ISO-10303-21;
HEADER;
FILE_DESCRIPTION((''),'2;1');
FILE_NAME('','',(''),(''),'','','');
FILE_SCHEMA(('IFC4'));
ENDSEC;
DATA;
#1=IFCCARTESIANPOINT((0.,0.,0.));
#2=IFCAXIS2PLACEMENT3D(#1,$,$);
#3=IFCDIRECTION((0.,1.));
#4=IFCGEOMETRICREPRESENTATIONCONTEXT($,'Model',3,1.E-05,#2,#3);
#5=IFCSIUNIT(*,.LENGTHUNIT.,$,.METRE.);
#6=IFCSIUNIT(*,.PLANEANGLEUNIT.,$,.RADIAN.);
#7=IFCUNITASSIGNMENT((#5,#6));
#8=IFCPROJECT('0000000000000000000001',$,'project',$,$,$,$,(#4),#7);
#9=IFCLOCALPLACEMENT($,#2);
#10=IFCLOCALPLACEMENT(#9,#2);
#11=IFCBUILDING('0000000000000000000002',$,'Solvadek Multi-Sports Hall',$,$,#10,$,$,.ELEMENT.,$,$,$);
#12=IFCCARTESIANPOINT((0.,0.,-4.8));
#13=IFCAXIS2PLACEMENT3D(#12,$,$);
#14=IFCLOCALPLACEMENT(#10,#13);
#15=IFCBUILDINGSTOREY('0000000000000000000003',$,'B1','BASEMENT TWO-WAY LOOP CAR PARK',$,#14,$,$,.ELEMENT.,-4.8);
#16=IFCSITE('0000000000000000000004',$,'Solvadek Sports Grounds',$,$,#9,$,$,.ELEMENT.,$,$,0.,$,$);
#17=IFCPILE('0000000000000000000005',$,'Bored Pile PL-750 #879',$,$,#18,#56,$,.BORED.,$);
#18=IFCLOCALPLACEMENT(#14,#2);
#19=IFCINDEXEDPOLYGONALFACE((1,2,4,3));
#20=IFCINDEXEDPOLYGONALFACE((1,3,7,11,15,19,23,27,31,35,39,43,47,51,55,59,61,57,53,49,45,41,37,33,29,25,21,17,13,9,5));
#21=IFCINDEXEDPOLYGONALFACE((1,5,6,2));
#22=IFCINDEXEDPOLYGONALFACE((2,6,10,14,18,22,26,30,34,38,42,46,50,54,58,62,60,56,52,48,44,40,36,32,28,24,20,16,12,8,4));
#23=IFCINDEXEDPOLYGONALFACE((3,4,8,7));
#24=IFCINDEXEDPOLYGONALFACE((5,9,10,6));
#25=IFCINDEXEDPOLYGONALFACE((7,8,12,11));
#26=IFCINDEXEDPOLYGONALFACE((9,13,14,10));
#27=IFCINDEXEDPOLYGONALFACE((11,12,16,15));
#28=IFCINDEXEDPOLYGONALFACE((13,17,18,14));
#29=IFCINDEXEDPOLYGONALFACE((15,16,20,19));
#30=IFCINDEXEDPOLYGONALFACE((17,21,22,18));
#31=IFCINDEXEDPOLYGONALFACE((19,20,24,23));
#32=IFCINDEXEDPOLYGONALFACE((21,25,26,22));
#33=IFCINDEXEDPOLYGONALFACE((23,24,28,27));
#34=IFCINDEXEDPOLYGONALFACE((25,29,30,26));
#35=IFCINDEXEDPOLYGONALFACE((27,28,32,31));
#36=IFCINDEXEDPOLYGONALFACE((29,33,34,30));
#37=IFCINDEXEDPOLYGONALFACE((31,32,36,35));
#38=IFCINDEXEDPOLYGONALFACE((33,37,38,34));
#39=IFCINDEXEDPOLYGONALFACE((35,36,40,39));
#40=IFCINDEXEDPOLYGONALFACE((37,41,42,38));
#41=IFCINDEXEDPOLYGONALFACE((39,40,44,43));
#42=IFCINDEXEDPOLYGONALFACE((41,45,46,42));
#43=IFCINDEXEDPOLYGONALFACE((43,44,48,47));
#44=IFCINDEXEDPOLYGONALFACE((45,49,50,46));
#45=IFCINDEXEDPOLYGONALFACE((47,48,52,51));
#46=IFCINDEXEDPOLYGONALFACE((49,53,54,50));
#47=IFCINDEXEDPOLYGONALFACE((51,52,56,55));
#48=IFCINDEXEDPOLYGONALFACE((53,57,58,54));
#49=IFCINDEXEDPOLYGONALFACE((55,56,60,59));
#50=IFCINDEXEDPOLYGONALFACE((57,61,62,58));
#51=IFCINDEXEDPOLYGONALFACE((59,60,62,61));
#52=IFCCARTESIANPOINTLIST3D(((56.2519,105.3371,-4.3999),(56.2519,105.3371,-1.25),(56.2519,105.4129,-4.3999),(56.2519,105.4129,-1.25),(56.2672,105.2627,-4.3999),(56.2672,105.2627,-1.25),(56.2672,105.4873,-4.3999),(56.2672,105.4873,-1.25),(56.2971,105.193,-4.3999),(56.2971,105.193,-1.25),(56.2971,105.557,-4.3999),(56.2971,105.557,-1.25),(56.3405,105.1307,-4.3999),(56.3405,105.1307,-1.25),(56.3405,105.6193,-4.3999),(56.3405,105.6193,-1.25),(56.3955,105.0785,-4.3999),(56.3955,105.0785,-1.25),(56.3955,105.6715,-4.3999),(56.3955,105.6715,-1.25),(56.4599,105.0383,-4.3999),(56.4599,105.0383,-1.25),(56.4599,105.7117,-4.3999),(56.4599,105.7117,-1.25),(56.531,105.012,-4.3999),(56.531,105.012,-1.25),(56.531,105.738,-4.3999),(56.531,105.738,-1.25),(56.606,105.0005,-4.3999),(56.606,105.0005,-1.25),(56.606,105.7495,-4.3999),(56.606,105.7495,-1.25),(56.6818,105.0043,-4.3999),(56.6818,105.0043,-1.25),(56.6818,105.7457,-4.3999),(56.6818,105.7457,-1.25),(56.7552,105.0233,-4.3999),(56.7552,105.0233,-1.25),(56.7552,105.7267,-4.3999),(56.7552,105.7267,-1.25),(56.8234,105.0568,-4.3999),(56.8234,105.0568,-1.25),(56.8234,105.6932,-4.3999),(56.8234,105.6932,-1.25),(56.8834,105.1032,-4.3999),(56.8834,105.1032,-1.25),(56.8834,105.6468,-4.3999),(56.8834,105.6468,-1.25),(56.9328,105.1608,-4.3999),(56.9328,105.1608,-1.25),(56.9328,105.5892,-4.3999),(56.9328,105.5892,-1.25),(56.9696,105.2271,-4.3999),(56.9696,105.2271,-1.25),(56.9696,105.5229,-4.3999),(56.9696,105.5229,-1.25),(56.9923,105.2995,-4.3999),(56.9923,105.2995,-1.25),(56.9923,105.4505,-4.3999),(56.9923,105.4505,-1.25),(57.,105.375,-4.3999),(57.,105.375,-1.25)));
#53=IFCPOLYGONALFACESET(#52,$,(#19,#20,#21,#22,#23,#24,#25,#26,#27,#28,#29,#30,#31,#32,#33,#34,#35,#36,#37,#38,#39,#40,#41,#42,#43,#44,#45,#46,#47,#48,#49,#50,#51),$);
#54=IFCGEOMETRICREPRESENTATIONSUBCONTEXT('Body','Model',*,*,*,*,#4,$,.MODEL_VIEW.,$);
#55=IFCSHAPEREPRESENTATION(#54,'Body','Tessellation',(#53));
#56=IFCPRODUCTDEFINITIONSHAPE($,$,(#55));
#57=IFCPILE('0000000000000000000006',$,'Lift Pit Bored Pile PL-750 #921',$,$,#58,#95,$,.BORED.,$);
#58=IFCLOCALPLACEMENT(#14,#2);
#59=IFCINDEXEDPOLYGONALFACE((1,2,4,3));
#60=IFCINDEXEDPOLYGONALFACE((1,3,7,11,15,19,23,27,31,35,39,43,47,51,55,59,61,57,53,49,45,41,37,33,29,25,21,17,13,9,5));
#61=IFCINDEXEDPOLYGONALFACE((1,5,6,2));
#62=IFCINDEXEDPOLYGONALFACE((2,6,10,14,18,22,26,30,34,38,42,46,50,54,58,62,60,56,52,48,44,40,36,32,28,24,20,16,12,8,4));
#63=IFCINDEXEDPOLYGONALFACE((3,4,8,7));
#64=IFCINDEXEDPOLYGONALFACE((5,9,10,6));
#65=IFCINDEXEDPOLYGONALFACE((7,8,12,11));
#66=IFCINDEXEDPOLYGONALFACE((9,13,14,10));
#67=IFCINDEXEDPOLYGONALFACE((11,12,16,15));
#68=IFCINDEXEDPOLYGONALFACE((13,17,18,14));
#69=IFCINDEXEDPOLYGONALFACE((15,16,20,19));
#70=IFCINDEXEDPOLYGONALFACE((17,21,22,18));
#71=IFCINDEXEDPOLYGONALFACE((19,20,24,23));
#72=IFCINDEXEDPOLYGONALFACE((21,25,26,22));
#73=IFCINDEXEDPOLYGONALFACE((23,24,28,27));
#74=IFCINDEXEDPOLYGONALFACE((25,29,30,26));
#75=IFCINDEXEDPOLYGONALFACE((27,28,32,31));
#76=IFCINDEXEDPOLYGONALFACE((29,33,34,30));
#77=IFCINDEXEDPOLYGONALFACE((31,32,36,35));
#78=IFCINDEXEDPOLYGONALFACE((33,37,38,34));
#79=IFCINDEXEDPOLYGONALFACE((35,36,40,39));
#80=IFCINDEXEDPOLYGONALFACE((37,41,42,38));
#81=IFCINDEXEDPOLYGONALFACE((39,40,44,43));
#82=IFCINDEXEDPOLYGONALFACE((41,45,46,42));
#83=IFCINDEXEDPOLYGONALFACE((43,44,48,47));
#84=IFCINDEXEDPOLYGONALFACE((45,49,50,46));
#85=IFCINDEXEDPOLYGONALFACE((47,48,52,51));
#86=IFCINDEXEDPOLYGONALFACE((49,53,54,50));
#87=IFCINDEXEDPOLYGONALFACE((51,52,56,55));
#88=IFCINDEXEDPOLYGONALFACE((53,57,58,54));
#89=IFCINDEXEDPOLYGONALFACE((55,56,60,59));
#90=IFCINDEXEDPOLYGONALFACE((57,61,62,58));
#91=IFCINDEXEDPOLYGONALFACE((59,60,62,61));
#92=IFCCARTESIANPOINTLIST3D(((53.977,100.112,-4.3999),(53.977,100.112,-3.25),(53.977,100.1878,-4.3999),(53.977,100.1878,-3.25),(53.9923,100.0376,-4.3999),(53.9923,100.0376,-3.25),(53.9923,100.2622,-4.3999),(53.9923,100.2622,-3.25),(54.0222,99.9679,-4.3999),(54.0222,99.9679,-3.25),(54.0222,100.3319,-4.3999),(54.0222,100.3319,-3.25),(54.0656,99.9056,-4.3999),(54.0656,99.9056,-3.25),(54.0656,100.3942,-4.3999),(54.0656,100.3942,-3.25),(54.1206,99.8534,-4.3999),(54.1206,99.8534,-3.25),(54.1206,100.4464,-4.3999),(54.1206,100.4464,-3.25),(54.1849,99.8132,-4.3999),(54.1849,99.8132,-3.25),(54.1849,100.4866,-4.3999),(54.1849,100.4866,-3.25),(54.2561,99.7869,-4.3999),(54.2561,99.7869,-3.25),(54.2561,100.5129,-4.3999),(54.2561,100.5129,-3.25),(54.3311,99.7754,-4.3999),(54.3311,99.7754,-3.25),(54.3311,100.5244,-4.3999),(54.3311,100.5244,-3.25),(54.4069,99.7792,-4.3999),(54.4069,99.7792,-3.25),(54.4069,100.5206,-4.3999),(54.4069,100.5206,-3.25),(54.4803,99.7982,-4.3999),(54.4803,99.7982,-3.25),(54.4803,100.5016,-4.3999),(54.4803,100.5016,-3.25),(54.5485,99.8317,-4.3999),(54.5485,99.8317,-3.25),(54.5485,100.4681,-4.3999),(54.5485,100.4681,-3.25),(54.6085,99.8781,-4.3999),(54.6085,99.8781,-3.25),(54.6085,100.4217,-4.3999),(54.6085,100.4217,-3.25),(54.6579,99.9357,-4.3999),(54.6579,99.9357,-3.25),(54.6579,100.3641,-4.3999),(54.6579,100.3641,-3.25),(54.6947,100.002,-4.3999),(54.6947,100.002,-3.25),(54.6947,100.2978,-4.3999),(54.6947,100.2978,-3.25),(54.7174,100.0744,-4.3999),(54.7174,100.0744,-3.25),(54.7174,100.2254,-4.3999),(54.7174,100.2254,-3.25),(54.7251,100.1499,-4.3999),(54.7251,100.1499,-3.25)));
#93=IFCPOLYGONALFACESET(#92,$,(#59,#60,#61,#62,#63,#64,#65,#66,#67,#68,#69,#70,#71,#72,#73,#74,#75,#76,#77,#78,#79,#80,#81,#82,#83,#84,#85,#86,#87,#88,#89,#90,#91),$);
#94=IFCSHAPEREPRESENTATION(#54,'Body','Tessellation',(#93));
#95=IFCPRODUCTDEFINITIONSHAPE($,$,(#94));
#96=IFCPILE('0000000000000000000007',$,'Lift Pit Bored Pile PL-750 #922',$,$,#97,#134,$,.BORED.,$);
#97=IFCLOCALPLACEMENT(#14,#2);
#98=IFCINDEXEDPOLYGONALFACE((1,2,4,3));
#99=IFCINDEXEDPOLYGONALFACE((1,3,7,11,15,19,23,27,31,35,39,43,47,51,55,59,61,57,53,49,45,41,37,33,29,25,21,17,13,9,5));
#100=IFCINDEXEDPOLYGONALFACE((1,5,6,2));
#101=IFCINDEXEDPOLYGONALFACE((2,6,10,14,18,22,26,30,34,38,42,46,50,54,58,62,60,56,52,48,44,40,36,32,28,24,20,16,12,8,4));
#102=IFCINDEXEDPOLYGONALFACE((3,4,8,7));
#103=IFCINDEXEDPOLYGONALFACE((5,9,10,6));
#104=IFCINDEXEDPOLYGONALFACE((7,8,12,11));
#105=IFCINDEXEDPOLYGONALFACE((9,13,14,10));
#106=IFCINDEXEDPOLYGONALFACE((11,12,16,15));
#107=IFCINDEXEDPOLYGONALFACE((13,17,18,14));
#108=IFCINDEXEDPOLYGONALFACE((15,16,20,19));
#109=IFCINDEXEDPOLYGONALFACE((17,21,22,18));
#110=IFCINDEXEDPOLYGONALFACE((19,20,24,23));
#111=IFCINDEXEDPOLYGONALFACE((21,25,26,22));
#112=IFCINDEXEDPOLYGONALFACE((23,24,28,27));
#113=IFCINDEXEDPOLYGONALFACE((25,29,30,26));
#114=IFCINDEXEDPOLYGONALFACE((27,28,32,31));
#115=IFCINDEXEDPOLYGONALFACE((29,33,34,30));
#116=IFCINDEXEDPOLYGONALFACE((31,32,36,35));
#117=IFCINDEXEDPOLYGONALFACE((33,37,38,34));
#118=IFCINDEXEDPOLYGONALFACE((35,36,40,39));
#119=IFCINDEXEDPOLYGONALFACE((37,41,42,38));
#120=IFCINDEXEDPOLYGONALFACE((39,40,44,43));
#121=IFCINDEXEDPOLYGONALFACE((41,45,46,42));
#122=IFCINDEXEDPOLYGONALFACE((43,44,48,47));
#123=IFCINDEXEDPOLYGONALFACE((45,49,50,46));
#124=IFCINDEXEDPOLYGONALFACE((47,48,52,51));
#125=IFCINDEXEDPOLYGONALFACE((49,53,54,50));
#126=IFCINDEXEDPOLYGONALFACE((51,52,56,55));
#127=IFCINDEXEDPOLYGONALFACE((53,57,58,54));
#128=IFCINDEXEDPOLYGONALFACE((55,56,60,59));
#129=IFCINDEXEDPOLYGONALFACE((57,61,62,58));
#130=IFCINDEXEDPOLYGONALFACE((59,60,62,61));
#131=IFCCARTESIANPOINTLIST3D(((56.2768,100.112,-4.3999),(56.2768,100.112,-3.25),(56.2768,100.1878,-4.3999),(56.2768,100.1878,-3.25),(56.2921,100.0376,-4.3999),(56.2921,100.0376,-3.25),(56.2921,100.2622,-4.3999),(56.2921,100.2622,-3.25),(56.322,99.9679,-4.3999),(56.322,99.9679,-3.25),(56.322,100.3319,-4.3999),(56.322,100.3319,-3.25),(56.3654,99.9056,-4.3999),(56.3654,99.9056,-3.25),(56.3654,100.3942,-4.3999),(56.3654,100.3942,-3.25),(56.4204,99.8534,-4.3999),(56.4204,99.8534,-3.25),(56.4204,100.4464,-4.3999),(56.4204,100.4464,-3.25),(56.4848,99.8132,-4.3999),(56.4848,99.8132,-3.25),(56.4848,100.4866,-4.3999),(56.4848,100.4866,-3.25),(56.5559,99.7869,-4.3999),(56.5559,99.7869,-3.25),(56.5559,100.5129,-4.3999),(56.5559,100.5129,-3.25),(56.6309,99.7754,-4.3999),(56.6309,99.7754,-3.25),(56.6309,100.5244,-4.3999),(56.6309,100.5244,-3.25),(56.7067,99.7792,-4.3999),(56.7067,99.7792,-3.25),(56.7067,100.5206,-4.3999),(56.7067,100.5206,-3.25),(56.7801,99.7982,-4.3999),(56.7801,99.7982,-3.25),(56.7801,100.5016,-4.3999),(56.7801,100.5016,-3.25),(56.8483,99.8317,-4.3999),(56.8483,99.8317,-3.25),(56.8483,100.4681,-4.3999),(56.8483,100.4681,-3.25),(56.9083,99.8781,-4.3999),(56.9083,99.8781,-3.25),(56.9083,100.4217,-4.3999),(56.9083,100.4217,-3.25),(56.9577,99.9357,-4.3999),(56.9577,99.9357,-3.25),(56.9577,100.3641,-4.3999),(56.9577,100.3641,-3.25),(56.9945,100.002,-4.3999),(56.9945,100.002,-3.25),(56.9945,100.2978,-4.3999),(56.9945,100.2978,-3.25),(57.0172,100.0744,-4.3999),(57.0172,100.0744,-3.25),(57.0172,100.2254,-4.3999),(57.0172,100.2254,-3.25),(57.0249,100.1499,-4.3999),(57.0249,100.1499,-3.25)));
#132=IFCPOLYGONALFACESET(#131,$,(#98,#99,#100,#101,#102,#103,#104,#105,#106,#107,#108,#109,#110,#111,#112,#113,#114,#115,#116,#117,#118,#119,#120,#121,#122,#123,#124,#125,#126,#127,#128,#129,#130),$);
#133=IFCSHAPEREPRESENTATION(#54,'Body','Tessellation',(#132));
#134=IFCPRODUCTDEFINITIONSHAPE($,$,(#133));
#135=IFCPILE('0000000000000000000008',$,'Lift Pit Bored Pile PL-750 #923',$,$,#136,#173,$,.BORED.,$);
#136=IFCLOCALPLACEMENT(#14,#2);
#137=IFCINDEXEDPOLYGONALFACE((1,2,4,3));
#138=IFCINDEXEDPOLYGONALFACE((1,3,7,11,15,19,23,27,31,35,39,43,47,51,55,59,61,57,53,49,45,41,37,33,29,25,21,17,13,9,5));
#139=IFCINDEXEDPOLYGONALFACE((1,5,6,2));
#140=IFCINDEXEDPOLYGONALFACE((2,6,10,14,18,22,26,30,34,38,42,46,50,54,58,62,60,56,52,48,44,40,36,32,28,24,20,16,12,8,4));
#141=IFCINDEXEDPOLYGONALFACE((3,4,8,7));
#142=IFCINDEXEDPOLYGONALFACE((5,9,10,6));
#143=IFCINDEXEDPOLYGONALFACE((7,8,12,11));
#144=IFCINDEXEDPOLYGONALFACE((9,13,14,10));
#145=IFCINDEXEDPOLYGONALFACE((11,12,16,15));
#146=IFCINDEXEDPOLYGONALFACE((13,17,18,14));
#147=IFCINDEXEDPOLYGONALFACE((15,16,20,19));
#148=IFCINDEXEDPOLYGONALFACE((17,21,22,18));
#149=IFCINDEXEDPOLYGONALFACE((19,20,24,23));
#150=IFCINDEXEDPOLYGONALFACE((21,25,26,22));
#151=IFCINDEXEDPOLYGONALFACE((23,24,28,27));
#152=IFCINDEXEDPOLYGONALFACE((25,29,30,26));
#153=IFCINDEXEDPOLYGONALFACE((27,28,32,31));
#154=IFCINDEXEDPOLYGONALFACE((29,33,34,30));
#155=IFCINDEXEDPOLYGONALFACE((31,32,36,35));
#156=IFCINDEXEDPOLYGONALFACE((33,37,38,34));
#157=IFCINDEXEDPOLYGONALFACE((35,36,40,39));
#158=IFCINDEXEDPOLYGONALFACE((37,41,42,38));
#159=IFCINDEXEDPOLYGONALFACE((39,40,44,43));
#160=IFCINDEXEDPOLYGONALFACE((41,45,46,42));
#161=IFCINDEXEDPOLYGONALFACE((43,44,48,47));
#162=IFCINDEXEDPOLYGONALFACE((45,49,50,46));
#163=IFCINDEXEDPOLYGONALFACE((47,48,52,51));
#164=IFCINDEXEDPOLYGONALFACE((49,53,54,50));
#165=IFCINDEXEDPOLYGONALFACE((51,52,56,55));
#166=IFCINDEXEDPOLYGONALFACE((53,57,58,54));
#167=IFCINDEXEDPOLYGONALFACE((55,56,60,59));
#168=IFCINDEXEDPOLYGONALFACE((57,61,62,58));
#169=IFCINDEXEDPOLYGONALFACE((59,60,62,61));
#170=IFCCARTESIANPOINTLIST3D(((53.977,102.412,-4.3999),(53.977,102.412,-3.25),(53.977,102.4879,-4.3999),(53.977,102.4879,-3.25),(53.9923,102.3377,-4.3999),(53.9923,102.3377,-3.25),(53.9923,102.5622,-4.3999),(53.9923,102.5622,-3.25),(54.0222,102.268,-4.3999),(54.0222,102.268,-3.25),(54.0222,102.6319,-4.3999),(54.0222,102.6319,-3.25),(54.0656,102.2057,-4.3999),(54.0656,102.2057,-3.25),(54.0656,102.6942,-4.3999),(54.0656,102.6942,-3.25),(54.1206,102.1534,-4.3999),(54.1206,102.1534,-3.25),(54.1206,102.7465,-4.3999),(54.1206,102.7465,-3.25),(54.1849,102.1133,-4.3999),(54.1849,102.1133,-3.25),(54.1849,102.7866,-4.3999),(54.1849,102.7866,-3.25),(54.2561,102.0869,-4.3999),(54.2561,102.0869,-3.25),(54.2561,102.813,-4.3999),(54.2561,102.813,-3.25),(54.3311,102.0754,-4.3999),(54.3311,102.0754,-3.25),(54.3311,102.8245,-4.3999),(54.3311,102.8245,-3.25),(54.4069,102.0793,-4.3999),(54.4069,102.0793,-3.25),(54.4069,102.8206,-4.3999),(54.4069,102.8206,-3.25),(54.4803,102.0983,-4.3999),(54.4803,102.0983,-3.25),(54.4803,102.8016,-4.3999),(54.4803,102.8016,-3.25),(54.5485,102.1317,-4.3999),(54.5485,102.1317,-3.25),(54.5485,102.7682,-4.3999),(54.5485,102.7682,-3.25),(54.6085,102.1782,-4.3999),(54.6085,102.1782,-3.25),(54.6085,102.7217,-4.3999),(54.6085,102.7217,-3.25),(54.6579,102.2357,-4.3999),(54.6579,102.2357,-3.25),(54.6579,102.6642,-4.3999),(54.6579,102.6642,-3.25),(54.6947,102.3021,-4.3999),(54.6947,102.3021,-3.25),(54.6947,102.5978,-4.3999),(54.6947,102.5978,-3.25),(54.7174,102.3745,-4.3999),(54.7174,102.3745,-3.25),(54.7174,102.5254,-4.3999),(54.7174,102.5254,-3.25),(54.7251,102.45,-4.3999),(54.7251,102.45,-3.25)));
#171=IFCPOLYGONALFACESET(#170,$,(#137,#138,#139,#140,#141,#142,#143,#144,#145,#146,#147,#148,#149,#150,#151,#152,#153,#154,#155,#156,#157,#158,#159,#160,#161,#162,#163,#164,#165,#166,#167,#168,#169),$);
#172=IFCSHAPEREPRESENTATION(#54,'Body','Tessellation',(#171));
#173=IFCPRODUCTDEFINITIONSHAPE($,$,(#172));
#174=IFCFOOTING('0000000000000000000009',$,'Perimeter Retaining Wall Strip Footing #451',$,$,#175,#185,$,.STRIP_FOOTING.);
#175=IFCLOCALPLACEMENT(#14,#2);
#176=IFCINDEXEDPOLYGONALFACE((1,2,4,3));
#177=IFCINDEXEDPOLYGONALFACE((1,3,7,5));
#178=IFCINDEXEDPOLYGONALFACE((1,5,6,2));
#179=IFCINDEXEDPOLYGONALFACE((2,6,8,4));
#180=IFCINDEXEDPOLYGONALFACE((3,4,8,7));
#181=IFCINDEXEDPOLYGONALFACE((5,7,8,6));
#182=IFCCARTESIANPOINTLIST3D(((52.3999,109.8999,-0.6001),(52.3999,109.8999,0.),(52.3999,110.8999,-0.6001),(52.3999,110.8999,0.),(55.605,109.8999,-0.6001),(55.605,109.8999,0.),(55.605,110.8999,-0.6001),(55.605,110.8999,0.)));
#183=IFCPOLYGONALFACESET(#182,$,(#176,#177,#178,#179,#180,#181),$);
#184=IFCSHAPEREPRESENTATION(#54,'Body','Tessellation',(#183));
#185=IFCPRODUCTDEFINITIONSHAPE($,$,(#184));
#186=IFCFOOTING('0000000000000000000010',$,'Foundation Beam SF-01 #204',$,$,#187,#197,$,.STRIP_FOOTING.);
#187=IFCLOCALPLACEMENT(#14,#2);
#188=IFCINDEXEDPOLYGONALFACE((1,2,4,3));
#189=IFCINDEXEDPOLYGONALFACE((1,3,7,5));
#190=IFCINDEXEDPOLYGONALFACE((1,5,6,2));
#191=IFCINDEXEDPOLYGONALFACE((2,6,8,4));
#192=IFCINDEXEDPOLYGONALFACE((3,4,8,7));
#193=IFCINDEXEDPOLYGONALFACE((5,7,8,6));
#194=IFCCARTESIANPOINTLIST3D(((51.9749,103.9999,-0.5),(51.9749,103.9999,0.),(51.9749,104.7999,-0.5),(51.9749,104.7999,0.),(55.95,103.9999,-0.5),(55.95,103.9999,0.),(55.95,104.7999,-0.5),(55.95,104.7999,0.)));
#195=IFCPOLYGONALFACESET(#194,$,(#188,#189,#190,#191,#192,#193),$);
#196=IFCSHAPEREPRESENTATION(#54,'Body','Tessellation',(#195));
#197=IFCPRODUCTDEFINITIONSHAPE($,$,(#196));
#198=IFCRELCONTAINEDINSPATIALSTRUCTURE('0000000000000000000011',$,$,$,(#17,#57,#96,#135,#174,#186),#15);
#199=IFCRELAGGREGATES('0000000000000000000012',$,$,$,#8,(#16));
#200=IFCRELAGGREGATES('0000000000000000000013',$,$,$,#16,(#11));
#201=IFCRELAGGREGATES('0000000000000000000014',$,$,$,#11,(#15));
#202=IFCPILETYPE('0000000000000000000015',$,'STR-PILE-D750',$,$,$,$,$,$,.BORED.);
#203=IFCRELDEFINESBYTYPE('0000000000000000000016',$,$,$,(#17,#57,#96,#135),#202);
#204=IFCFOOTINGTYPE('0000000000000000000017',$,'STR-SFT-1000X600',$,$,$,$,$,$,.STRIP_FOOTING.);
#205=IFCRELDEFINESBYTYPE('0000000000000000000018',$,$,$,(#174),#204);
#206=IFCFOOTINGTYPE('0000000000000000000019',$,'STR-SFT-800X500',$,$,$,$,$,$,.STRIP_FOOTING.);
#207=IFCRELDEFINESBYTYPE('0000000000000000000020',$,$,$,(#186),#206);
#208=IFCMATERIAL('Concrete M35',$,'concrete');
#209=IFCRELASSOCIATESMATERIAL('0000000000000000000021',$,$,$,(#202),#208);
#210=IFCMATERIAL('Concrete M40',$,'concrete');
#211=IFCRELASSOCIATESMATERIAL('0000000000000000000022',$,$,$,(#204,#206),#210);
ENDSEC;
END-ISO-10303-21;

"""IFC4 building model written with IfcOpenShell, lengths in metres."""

from ifc_helpers import new_model, si_unit, direction, frame, origin, origin_2d, place, context, subcontext, project, spatial, rectangle, circle, extrude, material, material_profile, profile_set, type_object, element, save


model = new_model("IFC4")

# Units and contexts
model_context = context("Model", 3, precision=1e-05, world=origin(), true_north=direction((0.0, 1.0)))
body_context = subcontext(model_context, "Body", "Model", "MODEL_VIEW")
ifc_project = project(units=[si_unit("LENGTHUNIT", "METRE"), si_unit("PLANEANGLEUNIT", "RADIAN")], contexts=[model_context])

# Site, building, storey
site_placement = place(None, origin())
site = spatial("IfcSite", under=ifc_project, at=site_placement, Name="Solvadek Sports Grounds", CompositionType="ELEMENT", RefElevation=0.0)
building_placement = place(site_placement, origin())
building = spatial("IfcBuilding", under=site, at=building_placement, Name="Solvadek Multi-Sports Hall", CompositionType="ELEMENT")
storey_placement = place(building_placement, frame((0.0, 0.0, -4.8)))
storey = spatial("IfcBuildingStorey", under=building, at=storey_placement, Name="B1", Description="BASEMENT TWO-WAY LOOP CAR PARK", CompositionType="ELEMENT", Elevation=-4.8)

# Shared definitions
ifc_material_1 = material(Name="Concrete M40", Category="concrete")

# Piles
ifc_material_2 = material(Name="Concrete M35", Category="concrete")
ifc_material_profile_1 = material_profile(ifc_material_2, circle(Radius=0.375, at=origin_2d()), Name="BORED PILE D750")
ifc_profile_set_1 = profile_set([ifc_material_profile_1], Name="Concrete M35")
pile_type_1 = type_object("IfcPileType", Name="STR-PILE-D750", PredefinedType="BORED", material=ifc_profile_set_1)
for number, where, z_axis, x_axis, name in (
    (1, (56.625, 105.375, -1.25), (0.0, 0.0, -1.0), (1.0, 0.0, 0.0), "Bored Pile PL-750 #879"),
):
    element("IfcPile", number, at=place(storey_placement, frame(where, z_axis=z_axis, x_axis=x_axis)), inside=storey, type_object=pile_type_1, Name=name, PredefinedType="BORED", context=body_context, shape_type="SweptSolid", body=[
        extrude(circle(Radius=0.375, at=origin_2d()), origin(), (0.0, 0.0, 1.0), 3.1499),
    ])
for number, where, z_axis, x_axis, name in (
    (2, (54.3501, 100.1499, -3.25), (0.0, 0.0, -1.0), (1.0, 0.0, 0.0), "Lift Pit Bored Pile PL-750 #921"),
    (3, (56.6499, 100.1499, -3.25), (0.0, 0.0, -1.0), (1.0, 0.0, 0.0), "Lift Pit Bored Pile PL-750 #922"),
    (4, (54.3501, 102.45, -3.25), (0.0, 0.0, -1.0), (1.0, 0.0, 0.0), "Lift Pit Bored Pile PL-750 #923"),
):
    element("IfcPile", number, at=place(storey_placement, frame(where, z_axis=z_axis, x_axis=x_axis)), inside=storey, type_object=pile_type_1, Name=name, PredefinedType="BORED", context=body_context, shape_type="SweptSolid", body=[
        extrude(circle(Radius=0.375, at=origin_2d()), origin(), (0.0, 0.0, 1.0), 1.1499),
    ])

# Footings
footing_type_1 = type_object("IfcFootingType", Name="STR-SFT-1000X600", PredefinedType="STRIP_FOOTING", material=ifc_material_1)
footing_1_placement = place(storey_placement, frame((54.0024, 110.3999, -0.6001), z_axis=(0.0, 0.0, 1.0), x_axis=(-1.0, 0.0, 0.0)))
element("IfcFooting", 5, at=footing_1_placement, inside=storey, type_object=footing_type_1, Name="Perimeter Retaining Wall Strip Footing #451", PredefinedType="STRIP_FOOTING", context=body_context, shape_type="SweptSolid", body=[
    extrude(rectangle(XDim=3.2051, YDim=1.0, at=origin_2d()), origin(), (0.0, 0.0, 1.0), 0.6001),
])
footing_type_2 = type_object("IfcFootingType", Name="STR-SFT-800X500", PredefinedType="STRIP_FOOTING", material=ifc_material_1)
footing_2_placement = place(storey_placement, frame((53.9624, 104.3999, -0.5), z_axis=(0.0, 0.0, 1.0), x_axis=(1.0, 0.0, 0.0)))
element("IfcFooting", 6, at=footing_2_placement, inside=storey, type_object=footing_type_2, Name="Foundation Beam SF-01 #204", PredefinedType="STRIP_FOOTING", context=body_context, shape_type="SweptSolid", body=[
    extrude(rectangle(XDim=3.9751, YDim=0.8, at=origin_2d()), origin(), (0.0, 0.0, 1.0), 0.5),
])

save(model, "model.ifc")
